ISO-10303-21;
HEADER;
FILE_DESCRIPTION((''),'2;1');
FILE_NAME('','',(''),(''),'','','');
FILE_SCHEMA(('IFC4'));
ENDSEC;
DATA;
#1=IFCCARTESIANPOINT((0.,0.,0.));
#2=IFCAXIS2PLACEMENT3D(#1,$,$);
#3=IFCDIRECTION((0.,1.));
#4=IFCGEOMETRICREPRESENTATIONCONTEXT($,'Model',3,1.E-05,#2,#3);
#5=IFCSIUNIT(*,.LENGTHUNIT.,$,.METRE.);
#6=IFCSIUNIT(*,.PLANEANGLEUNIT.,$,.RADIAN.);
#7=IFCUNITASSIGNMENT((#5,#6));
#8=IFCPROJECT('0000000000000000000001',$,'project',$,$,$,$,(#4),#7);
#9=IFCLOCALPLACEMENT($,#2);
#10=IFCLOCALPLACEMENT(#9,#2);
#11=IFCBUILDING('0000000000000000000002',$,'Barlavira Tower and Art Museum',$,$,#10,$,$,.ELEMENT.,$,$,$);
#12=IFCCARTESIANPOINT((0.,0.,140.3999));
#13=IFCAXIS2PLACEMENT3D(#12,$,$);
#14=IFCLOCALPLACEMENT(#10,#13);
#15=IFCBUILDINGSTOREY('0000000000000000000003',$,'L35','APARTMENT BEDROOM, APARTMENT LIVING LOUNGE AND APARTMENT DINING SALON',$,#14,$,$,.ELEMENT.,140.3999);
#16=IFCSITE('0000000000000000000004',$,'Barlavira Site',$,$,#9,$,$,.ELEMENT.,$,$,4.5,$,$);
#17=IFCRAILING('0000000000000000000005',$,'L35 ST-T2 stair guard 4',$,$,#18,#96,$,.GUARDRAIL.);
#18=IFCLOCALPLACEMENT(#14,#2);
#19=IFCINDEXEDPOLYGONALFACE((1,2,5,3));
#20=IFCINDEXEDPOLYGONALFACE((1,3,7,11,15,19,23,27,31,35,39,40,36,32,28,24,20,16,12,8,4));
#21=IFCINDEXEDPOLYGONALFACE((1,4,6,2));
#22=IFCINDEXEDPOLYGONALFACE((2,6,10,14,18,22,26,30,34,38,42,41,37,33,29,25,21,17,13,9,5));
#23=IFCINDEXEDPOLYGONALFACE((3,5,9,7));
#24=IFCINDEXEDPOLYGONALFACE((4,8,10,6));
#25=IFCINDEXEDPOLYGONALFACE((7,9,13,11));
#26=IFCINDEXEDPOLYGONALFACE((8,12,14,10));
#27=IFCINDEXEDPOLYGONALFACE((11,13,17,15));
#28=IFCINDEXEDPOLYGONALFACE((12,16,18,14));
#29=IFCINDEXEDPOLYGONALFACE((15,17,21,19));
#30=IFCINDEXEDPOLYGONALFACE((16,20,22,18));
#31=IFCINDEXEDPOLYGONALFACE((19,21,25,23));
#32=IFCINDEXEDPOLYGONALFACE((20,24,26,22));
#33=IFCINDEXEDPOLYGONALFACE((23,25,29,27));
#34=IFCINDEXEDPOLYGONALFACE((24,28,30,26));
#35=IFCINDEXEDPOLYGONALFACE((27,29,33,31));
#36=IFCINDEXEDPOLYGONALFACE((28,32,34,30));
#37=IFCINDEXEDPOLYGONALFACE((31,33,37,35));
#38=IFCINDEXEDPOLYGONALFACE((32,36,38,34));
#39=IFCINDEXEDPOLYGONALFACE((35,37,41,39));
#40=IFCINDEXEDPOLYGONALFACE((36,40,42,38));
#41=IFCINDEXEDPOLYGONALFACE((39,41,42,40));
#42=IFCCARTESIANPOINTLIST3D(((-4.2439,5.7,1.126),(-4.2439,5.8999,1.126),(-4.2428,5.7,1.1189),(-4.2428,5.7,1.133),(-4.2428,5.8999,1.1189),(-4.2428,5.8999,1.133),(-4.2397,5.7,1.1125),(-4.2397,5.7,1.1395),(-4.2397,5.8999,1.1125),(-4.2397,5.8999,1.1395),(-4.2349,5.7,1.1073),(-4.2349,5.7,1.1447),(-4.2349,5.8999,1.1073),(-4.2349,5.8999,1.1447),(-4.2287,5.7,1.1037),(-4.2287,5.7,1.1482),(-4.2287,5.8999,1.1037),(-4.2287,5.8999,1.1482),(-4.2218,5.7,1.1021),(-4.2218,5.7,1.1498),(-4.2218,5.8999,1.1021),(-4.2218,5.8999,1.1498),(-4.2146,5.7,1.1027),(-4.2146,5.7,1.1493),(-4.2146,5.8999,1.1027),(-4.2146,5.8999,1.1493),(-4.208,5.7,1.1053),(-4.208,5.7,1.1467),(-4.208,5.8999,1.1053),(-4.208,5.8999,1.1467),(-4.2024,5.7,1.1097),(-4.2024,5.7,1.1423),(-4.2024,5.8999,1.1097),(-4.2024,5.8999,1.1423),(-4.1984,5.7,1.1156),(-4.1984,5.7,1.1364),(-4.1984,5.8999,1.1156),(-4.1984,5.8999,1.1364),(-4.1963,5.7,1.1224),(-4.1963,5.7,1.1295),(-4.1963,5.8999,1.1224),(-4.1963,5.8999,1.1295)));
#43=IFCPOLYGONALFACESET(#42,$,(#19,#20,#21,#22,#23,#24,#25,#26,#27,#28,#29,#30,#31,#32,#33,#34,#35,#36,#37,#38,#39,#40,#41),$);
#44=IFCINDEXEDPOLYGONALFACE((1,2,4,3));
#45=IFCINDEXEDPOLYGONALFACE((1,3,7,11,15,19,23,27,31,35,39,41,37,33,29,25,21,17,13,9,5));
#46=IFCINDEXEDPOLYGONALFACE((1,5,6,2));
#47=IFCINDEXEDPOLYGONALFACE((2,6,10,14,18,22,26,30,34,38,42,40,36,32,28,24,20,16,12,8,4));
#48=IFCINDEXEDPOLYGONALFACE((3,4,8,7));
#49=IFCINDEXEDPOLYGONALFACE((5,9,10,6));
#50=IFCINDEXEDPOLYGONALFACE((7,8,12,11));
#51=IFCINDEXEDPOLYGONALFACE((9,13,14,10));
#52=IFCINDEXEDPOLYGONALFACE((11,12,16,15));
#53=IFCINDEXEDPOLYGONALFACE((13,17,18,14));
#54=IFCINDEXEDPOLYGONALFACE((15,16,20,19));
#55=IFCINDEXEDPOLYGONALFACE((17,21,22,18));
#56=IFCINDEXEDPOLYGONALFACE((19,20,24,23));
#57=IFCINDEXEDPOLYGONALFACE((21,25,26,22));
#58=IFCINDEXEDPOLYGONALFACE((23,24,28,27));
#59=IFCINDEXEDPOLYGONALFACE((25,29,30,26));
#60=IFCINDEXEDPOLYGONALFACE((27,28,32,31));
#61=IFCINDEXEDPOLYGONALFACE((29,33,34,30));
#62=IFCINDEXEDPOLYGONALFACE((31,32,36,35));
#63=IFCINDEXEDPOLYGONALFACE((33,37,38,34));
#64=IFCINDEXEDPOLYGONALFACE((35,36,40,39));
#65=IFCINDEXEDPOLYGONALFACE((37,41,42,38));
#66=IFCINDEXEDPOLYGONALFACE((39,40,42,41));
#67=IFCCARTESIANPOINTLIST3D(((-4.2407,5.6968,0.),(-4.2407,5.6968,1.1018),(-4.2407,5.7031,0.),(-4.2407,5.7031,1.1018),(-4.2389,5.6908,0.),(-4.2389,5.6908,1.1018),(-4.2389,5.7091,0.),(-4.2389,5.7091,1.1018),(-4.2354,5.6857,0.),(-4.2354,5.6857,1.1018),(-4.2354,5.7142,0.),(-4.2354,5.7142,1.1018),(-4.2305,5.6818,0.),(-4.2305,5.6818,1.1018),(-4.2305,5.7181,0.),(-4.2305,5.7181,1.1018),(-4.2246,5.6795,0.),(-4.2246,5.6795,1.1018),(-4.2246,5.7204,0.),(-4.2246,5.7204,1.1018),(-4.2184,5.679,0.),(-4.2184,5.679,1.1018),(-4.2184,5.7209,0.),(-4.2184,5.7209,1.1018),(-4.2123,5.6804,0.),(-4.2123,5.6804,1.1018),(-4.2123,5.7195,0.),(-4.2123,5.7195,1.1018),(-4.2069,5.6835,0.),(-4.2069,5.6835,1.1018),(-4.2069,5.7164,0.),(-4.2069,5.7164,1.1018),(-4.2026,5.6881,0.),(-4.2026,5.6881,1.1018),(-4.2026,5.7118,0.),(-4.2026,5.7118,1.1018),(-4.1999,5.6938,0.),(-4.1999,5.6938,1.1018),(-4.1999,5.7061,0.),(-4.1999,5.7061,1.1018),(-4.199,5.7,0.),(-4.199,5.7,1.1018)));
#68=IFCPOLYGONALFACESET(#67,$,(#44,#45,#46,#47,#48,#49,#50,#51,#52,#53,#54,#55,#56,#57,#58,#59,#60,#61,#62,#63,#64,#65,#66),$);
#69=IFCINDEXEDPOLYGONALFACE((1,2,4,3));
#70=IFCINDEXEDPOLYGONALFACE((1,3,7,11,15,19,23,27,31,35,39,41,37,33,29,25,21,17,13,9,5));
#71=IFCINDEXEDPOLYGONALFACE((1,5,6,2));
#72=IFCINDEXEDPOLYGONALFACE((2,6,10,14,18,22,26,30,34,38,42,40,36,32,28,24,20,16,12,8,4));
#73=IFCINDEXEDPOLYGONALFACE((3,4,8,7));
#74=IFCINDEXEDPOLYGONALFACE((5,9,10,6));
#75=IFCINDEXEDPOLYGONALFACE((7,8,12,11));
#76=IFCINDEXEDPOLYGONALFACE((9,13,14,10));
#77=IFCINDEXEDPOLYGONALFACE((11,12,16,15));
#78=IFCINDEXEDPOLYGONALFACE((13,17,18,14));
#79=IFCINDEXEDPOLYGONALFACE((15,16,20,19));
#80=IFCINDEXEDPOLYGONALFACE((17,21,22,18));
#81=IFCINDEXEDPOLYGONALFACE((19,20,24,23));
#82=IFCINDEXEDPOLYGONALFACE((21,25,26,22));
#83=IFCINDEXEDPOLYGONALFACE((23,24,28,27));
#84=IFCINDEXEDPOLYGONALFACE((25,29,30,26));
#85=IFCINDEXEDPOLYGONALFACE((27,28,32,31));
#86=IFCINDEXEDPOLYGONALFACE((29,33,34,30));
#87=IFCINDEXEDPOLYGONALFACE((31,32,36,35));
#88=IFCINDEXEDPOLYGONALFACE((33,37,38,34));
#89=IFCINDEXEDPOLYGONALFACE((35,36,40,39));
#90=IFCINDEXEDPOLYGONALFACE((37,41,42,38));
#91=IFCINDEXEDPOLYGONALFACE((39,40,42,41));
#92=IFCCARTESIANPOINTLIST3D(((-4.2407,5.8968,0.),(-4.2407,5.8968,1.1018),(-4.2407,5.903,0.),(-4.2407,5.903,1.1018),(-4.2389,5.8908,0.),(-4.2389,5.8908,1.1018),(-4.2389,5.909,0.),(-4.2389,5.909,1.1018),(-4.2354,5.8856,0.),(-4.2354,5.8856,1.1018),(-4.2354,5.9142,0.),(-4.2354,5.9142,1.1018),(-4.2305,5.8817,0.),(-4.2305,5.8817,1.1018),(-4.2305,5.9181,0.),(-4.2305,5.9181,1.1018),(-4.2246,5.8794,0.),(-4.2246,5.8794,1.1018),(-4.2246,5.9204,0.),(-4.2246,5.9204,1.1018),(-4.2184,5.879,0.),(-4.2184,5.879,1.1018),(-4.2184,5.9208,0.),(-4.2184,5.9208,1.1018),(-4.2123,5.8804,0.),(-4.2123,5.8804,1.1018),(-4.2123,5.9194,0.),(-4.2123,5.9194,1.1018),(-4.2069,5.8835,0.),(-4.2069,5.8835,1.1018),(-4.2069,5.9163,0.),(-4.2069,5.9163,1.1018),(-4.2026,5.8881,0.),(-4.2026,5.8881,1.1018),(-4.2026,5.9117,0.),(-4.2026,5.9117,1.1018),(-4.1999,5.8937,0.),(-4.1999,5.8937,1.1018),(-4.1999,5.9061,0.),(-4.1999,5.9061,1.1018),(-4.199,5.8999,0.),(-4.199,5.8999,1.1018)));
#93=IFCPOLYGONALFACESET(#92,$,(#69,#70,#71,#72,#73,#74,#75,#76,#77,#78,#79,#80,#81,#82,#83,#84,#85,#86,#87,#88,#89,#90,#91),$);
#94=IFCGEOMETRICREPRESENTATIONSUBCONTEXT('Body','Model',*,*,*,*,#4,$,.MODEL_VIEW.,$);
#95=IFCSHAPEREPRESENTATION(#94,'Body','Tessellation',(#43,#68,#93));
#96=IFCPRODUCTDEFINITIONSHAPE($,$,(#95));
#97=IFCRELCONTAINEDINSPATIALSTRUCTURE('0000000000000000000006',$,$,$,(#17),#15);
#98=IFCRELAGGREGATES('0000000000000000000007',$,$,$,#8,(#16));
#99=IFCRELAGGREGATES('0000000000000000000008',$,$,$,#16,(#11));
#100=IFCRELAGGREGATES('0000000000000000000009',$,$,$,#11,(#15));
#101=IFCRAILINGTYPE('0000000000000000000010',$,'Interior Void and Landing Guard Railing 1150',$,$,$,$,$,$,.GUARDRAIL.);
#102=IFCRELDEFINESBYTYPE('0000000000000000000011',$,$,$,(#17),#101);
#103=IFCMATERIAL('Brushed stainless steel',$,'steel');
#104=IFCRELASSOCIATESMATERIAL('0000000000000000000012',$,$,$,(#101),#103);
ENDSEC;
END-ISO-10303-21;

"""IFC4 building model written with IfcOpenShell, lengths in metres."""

from ifc_helpers import new_model, si_unit, direction, frame, origin, origin_2d, place, context, subcontext, project, spatial, circle, extrude, material, type_object, element, save


model = new_model("IFC4")

# Units and contexts
model_context = context("Model", 3, precision=1e-05, world=origin(), true_north=direction((0.0, 1.0)))
body_context = subcontext(model_context, "Body", "Model", "MODEL_VIEW")
ifc_project = project(units=[si_unit("LENGTHUNIT", "METRE"), si_unit("PLANEANGLEUNIT", "RADIAN")], contexts=[model_context])

# Site, building, storey
site_placement = place(None, origin())
site = spatial("IfcSite", under=ifc_project, at=site_placement, Name="Barlavira Site", CompositionType="ELEMENT", RefElevation=4.5)
building_placement = place(site_placement, origin())
building = spatial("IfcBuilding", under=site, at=building_placement, Name="Barlavira Tower and Art Museum", CompositionType="ELEMENT")
storey_placement = place(building_placement, frame((0.0, 0.0, 140.3999)))
storey = spatial("IfcBuildingStorey", under=building, at=storey_placement, Name="L35", Description="APARTMENT BEDROOM, APARTMENT LIVING LOUNGE AND APARTMENT DINING SALON", CompositionType="ELEMENT", Elevation=140.3999)

# Shared definitions
ifc_material_1 = material(Name="Brushed stainless steel", Category="steel")

# Railing
railing_type_1 = type_object("IfcRailingType", Name="Interior Void and Landing Guard Railing 1150", PredefinedType="GUARDRAIL", material=ifc_material_1)
railing_1_placement = place(storey_placement, frame((-4.22, 5.7, 0.0)))
element("IfcRailing", 1, at=railing_1_placement, inside=storey, type_object=railing_type_1, Name="L35 ST-T2 stair guard 4", PredefinedType="GUARDRAIL", context=body_context, shape_type="SweptSolid", body=[
    extrude(circle(Radius=0.0239, at=origin_2d()), frame((0.0, 0.0, 1.126), z_axis=(0.0, 1.0, 0.0), x_axis=(-1.0, 0.0, 0.0)), (0.0, 0.0, 1.0), 0.2),
    extrude(circle(Radius=0.021, at=origin_2d()), origin(), (0.0, 0.0, 1.0), 1.1018),
    extrude(circle(Radius=0.021, at=origin_2d()), frame((0.0, 0.2, 0.0)), (0.0, 0.0, 1.0), 1.1018),
])

save(model, "model.ifc")
